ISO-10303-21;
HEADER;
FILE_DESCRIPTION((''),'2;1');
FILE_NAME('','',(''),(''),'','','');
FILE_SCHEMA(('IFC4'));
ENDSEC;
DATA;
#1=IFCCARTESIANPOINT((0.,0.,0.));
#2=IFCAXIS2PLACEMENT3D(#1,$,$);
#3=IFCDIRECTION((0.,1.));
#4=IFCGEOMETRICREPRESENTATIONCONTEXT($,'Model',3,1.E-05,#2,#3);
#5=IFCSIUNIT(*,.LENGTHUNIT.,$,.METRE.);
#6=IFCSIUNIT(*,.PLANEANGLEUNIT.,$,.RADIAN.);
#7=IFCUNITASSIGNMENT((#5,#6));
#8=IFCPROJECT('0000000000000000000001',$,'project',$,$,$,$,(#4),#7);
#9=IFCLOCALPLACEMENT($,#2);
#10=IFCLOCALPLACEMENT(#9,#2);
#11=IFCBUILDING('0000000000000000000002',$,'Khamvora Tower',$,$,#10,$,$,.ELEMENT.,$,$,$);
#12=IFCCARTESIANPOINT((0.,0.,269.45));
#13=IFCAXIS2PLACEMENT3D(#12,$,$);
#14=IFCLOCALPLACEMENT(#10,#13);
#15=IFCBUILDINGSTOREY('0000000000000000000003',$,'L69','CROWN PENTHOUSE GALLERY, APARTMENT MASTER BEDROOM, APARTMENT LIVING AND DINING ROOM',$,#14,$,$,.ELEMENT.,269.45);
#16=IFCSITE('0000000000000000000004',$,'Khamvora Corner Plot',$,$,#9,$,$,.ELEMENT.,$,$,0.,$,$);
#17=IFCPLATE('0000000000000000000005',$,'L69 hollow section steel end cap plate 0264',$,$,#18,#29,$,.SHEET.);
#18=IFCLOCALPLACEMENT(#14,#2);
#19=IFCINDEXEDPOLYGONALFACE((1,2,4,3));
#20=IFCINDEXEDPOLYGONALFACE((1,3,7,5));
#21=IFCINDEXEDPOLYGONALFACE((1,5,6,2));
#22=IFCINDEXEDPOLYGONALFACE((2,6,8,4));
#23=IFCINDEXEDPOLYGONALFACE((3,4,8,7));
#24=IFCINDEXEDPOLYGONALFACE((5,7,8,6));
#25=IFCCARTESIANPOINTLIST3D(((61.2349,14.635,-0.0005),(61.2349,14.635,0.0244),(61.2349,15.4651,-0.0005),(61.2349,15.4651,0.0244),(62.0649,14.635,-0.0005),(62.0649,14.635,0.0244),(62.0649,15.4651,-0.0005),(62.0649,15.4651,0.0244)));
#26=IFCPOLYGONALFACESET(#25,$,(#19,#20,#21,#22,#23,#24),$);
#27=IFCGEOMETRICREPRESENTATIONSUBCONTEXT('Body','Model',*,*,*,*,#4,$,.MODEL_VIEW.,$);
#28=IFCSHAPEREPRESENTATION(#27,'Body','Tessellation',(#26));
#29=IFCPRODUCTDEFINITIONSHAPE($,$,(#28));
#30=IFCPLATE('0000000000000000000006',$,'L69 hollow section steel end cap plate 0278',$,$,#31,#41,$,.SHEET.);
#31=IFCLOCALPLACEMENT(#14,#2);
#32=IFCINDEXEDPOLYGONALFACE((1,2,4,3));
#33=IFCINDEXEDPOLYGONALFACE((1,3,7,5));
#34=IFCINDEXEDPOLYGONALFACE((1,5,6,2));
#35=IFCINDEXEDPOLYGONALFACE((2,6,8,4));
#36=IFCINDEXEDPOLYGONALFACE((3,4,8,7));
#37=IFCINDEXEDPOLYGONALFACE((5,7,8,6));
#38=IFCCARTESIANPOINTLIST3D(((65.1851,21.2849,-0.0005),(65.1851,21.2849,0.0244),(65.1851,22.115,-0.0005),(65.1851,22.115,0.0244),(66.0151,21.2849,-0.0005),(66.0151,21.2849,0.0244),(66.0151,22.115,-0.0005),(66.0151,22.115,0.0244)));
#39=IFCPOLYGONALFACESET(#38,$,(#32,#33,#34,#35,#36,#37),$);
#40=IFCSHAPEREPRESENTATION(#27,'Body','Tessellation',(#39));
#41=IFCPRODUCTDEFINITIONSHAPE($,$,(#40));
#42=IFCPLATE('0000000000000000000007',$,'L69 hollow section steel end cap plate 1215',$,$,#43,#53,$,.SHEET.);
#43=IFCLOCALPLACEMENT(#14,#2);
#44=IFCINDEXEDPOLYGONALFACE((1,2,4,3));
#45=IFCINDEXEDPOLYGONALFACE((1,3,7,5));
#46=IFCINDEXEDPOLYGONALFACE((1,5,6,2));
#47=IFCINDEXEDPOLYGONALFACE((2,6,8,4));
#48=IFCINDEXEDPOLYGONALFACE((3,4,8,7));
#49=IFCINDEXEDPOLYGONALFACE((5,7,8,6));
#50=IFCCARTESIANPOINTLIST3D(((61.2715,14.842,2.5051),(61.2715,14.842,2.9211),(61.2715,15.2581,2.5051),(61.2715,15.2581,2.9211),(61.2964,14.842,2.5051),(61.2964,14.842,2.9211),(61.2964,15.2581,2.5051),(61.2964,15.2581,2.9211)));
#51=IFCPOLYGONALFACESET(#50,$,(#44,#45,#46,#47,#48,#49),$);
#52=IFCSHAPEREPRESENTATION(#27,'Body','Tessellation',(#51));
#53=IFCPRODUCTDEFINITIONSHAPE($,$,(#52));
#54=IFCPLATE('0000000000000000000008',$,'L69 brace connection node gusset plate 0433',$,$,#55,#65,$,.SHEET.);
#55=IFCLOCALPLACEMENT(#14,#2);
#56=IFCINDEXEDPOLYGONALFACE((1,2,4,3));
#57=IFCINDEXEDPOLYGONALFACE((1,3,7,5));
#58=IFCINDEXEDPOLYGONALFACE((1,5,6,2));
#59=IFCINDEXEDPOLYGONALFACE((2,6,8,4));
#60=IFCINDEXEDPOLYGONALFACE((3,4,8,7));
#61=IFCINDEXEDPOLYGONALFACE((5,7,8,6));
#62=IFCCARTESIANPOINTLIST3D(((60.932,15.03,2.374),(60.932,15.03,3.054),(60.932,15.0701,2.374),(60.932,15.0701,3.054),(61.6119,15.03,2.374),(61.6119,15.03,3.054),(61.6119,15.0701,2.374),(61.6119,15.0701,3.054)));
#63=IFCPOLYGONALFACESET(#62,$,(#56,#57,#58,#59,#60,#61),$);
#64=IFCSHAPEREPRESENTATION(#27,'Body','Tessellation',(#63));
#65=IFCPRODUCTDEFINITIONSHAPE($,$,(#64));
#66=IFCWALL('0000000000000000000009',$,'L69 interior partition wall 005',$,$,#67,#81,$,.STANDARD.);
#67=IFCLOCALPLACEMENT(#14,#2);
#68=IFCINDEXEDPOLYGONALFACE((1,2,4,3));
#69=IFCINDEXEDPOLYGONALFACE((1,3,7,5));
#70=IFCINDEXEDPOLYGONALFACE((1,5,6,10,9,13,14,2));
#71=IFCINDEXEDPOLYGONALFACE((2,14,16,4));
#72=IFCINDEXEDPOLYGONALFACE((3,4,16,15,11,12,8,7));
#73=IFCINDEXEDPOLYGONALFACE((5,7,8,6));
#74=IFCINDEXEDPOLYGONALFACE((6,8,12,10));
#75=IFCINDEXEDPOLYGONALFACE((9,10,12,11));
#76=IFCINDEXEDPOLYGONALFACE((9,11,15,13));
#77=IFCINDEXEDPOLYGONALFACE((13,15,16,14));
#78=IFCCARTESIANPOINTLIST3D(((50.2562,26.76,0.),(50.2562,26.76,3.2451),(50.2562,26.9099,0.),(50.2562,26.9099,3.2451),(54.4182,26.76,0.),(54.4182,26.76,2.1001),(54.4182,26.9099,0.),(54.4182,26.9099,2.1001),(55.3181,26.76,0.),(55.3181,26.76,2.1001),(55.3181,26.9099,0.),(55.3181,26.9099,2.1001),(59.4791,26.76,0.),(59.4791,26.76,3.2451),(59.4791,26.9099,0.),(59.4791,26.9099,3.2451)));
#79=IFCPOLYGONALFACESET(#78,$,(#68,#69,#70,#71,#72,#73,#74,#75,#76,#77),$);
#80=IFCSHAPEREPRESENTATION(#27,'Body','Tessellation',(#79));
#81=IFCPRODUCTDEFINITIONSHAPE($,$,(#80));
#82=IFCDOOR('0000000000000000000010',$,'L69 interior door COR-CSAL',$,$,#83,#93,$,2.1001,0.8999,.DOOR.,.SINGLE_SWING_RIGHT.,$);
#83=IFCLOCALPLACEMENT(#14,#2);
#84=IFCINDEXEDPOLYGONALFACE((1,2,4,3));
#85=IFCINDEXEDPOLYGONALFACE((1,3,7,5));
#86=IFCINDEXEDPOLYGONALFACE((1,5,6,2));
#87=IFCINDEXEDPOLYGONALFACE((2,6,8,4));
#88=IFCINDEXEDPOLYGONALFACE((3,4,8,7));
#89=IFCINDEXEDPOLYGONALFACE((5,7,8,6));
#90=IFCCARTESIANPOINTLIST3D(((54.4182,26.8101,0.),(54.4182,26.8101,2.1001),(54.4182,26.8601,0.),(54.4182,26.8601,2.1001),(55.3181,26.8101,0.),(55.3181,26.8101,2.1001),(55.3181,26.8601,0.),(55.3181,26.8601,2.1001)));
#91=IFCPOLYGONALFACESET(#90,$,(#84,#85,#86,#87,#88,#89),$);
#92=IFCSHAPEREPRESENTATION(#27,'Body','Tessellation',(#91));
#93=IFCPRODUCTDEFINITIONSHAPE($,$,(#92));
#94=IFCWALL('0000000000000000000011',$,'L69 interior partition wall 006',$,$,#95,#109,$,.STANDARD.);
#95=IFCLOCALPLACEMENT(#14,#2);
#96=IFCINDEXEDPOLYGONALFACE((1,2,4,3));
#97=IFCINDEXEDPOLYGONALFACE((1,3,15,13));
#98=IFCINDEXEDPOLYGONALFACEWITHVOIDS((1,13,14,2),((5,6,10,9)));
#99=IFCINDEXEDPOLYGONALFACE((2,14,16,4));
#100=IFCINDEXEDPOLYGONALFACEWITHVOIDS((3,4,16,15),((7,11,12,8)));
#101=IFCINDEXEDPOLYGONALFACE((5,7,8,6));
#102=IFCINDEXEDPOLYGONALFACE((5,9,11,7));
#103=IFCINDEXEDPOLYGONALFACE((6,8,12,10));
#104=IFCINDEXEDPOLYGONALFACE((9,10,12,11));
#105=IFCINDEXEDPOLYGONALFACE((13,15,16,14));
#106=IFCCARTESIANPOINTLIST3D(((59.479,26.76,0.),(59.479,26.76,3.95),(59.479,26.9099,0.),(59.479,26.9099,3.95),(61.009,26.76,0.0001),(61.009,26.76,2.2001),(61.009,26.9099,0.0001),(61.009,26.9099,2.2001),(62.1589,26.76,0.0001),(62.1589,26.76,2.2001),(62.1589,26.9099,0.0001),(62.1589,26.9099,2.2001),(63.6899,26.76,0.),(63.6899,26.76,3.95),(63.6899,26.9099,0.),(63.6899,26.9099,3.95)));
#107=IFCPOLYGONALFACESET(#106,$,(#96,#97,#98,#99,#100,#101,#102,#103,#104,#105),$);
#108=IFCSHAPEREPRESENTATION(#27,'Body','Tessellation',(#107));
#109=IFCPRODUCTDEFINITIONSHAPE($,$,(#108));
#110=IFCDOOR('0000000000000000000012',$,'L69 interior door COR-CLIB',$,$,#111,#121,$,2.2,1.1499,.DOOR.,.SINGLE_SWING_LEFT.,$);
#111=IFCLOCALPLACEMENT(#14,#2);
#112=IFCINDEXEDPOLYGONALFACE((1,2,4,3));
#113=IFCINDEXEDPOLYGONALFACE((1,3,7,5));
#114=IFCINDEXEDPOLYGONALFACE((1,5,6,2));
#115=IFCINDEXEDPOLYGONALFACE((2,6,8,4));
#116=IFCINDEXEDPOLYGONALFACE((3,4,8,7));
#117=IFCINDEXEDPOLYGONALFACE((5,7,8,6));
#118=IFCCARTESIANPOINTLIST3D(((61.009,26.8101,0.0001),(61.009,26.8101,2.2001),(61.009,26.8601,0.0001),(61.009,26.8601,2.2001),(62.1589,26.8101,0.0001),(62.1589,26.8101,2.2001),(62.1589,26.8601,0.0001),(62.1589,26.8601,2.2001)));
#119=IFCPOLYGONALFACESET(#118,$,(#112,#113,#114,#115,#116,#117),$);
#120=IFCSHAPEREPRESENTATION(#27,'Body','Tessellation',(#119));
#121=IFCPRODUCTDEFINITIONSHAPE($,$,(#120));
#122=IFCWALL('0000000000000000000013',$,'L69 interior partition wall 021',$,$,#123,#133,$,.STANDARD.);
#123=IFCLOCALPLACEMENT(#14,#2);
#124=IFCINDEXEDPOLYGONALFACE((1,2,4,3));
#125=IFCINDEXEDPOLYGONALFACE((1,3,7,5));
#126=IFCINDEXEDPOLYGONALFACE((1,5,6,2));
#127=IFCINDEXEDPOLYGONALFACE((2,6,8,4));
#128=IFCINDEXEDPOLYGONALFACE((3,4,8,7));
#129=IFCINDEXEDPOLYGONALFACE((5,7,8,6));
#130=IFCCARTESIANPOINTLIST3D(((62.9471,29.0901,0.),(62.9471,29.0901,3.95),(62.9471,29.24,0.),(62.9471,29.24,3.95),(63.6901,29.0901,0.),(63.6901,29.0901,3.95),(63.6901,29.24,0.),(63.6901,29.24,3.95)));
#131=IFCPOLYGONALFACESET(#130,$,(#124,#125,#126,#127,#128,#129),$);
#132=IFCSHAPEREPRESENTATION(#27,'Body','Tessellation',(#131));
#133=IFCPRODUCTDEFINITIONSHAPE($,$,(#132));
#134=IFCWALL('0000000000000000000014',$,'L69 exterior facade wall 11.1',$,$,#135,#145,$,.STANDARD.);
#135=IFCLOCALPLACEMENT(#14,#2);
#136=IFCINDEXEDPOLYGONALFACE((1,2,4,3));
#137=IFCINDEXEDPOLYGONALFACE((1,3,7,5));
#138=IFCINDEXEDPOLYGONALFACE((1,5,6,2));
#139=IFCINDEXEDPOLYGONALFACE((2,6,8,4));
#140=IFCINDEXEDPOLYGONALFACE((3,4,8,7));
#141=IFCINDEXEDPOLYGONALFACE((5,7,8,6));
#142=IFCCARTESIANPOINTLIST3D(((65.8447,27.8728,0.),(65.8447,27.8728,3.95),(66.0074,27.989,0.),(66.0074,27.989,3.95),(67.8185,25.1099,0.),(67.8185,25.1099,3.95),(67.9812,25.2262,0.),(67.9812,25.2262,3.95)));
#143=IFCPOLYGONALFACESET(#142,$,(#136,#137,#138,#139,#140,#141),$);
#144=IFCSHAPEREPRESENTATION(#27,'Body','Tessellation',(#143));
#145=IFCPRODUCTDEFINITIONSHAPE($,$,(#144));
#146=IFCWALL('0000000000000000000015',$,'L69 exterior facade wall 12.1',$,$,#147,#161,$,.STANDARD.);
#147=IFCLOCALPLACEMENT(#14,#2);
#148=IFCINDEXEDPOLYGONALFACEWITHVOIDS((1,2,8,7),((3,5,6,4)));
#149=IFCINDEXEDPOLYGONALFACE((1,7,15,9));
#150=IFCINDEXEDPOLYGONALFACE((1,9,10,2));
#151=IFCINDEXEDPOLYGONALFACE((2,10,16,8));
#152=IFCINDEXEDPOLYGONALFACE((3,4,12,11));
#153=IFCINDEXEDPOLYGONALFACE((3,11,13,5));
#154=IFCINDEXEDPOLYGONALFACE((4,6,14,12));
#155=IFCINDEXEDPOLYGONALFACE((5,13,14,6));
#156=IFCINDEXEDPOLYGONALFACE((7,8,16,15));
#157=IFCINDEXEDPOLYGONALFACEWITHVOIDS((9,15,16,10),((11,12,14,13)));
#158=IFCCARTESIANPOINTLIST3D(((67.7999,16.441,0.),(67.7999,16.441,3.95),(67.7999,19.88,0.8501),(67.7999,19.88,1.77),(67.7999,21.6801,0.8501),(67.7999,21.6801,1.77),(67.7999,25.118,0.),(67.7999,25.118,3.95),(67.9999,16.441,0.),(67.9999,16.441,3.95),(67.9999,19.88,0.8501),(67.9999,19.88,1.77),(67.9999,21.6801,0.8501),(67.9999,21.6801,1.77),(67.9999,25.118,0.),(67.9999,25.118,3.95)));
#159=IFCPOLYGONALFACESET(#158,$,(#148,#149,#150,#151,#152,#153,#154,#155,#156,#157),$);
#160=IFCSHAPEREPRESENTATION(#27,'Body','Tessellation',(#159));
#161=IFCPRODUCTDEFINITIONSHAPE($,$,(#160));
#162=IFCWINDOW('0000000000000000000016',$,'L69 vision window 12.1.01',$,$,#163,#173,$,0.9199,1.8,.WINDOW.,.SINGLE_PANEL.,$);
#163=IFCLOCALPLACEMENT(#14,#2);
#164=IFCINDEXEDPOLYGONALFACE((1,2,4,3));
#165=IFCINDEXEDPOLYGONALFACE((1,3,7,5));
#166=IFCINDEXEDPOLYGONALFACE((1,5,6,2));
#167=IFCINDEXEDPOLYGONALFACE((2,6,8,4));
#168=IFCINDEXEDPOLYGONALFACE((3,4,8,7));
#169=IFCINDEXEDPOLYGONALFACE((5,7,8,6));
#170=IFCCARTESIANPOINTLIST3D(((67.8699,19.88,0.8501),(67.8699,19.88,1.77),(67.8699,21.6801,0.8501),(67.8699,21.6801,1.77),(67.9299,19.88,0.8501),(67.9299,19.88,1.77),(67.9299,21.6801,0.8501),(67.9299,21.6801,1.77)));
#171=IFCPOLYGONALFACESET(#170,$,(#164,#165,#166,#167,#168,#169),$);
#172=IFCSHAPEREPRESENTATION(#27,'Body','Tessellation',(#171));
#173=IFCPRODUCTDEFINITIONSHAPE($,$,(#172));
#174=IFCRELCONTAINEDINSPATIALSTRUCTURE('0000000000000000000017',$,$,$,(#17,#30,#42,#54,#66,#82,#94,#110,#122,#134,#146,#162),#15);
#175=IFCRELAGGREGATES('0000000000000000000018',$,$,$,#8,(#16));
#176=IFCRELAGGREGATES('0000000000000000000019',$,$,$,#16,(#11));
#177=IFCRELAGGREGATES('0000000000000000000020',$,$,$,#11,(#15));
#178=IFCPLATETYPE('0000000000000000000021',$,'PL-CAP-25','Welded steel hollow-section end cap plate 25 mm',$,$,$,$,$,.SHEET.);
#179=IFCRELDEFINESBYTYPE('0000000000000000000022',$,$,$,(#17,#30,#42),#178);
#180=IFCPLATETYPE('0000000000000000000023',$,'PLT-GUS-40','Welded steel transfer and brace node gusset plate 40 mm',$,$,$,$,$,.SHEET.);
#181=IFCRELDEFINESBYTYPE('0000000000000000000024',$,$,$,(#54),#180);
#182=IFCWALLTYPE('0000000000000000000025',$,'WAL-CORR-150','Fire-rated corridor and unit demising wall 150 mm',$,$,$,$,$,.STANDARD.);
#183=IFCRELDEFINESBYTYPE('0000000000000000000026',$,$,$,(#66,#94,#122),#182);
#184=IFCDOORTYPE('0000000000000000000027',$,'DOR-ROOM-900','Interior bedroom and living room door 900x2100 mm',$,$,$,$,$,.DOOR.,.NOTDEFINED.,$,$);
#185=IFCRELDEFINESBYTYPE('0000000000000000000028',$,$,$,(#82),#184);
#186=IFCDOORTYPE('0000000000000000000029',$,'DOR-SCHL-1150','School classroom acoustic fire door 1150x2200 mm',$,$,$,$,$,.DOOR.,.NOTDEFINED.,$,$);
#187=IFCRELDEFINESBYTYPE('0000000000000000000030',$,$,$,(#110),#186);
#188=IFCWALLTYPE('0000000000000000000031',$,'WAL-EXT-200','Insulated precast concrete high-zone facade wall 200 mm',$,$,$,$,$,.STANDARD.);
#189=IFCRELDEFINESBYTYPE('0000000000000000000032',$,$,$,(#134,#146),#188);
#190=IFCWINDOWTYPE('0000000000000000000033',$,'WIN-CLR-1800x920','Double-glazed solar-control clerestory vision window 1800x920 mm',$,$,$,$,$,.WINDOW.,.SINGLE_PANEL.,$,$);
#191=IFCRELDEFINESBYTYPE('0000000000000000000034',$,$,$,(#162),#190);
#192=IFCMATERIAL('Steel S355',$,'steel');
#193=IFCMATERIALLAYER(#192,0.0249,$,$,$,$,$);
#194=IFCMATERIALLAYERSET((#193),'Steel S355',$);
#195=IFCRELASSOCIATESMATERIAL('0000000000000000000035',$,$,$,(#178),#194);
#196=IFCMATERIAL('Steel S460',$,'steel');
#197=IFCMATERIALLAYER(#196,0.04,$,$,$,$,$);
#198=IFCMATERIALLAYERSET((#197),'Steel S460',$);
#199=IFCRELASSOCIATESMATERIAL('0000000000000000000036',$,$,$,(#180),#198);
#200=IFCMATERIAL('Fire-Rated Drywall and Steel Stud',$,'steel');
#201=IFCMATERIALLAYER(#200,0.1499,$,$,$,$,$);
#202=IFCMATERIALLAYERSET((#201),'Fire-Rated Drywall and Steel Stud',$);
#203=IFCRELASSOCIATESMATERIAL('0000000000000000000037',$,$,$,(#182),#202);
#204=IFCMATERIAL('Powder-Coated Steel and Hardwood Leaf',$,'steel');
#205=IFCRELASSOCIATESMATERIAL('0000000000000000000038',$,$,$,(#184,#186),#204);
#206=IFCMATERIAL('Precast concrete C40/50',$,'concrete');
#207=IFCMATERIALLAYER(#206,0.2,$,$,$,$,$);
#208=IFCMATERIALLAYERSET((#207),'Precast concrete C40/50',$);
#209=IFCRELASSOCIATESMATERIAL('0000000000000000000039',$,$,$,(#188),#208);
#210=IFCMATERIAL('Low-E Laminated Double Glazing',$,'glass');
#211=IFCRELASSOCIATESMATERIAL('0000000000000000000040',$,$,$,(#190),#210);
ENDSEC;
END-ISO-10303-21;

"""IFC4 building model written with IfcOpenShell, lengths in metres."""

from ifc_helpers import new_model, si_unit, direction, frame, frame_2d, origin, origin_2d, place, context, subcontext, project, spatial, rectangle, extrude, material, layer, layer_set, type_object, element, fill, save


model = new_model("IFC4")

# Units and contexts
model_context = context("Model", 3, precision=1e-05, world=origin(), true_north=direction((0.0, 1.0)))
body_context = subcontext(model_context, "Body", "Model", "MODEL_VIEW")
ifc_project = project(units=[si_unit("LENGTHUNIT", "METRE"), si_unit("PLANEANGLEUNIT", "RADIAN")], contexts=[model_context])

# Site, building, storey
site_placement = place(None, origin())
site = spatial("IfcSite", under=ifc_project, at=site_placement, Name="Khamvora Corner Plot", CompositionType="ELEMENT", RefElevation=0.0)
building_placement = place(site_placement, origin())
building = spatial("IfcBuilding", under=site, at=building_placement, Name="Khamvora Tower", CompositionType="ELEMENT")
storey_placement = place(building_placement, frame((0.0, 0.0, 269.45)))
storey = spatial("IfcBuildingStorey", under=building, at=storey_placement, Name="L69", Description="CROWN PENTHOUSE GALLERY, APARTMENT MASTER BEDROOM, APARTMENT LIVING AND DINING ROOM", CompositionType="ELEMENT", Elevation=269.45)

# Shared definitions
ifc_material_1 = material(Name="Steel S355", Category="steel")

# Plates
ifc_layer_1 = layer(ifc_material_1, 0.0249)
ifc_layer_set_1 = layer_set([ifc_layer_1], Name="Steel S355")
plate_type_1 = type_object("IfcPlateType", Name="PL-CAP-25", Description="Welded steel hollow-section end cap plate 25 mm", PredefinedType="SHEET", material=ifc_layer_set_1)
for number, where, z_axis, x_axis, name in (
    (1, (61.6499, 15.05, -0.0005), (0.0, 0.0, 1.0), (1.0, 0.0, 0.0), "L69 hollow section steel end cap plate 0264"),
    (2, (65.6001, 21.7, -0.0005), (0.0, 0.0, 1.0), (1.0, 0.0, 0.0), "L69 hollow section steel end cap plate 0278"),
):
    element("IfcPlate", number, at=place(storey_placement, frame(where, z_axis=z_axis, x_axis=x_axis)), inside=storey, type_object=plate_type_1, Name=name, PredefinedType="SHEET", context=body_context, shape_type="SweptSolid", body=[
        extrude(rectangle(XDim=0.8301, YDim=0.8301, at=origin_2d()), origin(), (0.0, 0.0, 1.0), 0.0249),
    ])
plate_1_placement = place(storey_placement, frame((61.2839, 15.05, 2.5051), z_axis=(0.0, 0.0, 1.0), x_axis=(-1.0, 0.0, 0.0)))
element("IfcPlate", 3, at=plate_1_placement, inside=storey, type_object=plate_type_1, Name="L69 hollow section steel end cap plate 1215", PredefinedType="SHEET", context=body_context, shape_type="SweptSolid", body=[
    extrude(rectangle(XDim=0.0249, YDim=0.416, at=origin_2d()), origin(), (0.0, 0.0, 1.0), 0.416),
])
ifc_material_2 = material(Name="Steel S460", Category="steel")
ifc_layer_2 = layer(ifc_material_2, 0.04)
ifc_layer_set_2 = layer_set([ifc_layer_2], Name="Steel S460")
plate_type_2 = type_object("IfcPlateType", Name="PLT-GUS-40", Description="Welded steel transfer and brace node gusset plate 40 mm", PredefinedType="SHEET", material=ifc_layer_set_2)
plate_2_placement = place(storey_placement, frame((61.272, 15.05, 2.374), z_axis=(0.0, 0.0, 1.0), x_axis=(1.0, 0.0, 0.0)))
element("IfcPlate", 4, at=plate_2_placement, inside=storey, type_object=plate_type_2, Name="L69 brace connection node gusset plate 0433", PredefinedType="SHEET", context=body_context, shape_type="SweptSolid", body=[
    extrude(rectangle(XDim=0.6799, YDim=0.04, at=origin_2d()), origin(), (0.0, 0.0, 1.0), 0.6799),
])

# Walls, openings, doors
ifc_material_3 = material(Name="Fire-Rated Drywall and Steel Stud", Category="steel")
ifc_layer_3 = layer(ifc_material_3, 0.1499)
ifc_layer_set_3 = layer_set([ifc_layer_3], Name="Fire-Rated Drywall and Steel Stud")
wall_type_1 = type_object("IfcWallType", Name="WAL-CORR-150", Description="Fire-rated corridor and unit demising wall 150 mm", PredefinedType="STANDARD", material=ifc_layer_set_3)
wall_1_placement = place(storey_placement, frame((59.479, 26.835, 0.0), z_axis=(0.0, 0.0, 1.0), x_axis=(-1.0, 0.0, 0.0)))
wall_1 = element("IfcWall", 5, at=wall_1_placement, inside=storey, type_object=wall_type_1, Name="L69 interior partition wall 005", PredefinedType="STANDARD", context=body_context, shape_type="SweptSolid", body=[
    extrude(rectangle(XDim=9.2229, YDim=0.1499, at=frame_2d((4.6113, 0.0))), origin(), (0.0, 0.0, 1.0), 3.2451),
])
opening_1_placement = place(wall_1_placement, frame((4.1609, 0.0, 0.0)))
opening_1 = element("IfcOpeningElement", 6, at=opening_1_placement, cuts=wall_1, PredefinedType="OPENING", context=body_context, shape_type="SweptSolid", body=[
    extrude(rectangle(XDim=0.8999, YDim=2.1001, at=frame_2d((0.45, 1.05))), frame((0.0, 0.085, 0.0), z_axis=(0.0, -1.0, 0.0), x_axis=(1.0, 0.0, 0.0)), (0.0, 0.0, 1.0), 0.1699),
])
ifc_material_4 = material(Name="Powder-Coated Steel and Hardwood Leaf", Category="steel")
door_type_1 = type_object("IfcDoorType", Name="DOR-ROOM-900", Description="Interior bedroom and living room door 900x2100 mm", OperationType="NOTDEFINED", PredefinedType="DOOR", material=ifc_material_4)
door_1_placement = place(opening_1_placement, origin())
door_1 = element("IfcDoor", 7, at=door_1_placement, inside=storey, type_object=door_type_1, Name="L69 interior door COR-CSAL", OperationType="SINGLE_SWING_RIGHT", OverallHeight=2.1001, OverallWidth=0.8999, PredefinedType="DOOR", context=body_context, shape_type="SweptSolid", body=[
    extrude(rectangle(XDim=0.8999, YDim=2.1001, at=frame_2d((0.45, 1.05))), frame((0.0, 0.0249, 0.0), z_axis=(0.0, -1.0, 0.0), x_axis=(1.0, 0.0, 0.0)), (0.0, 0.0, 1.0), 0.05),
])
fill(opening_1, door_1)
wall_2_placement = place(storey_placement, frame((63.6899, 26.835, 0.0), z_axis=(0.0, 0.0, 1.0), x_axis=(-1.0, 0.0, 0.0)))
wall_2 = element("IfcWall", 8, at=wall_2_placement, inside=storey, type_object=wall_type_1, Name="L69 interior partition wall 006", PredefinedType="STANDARD", context=body_context, shape_type="SweptSolid", body=[
    extrude(rectangle(XDim=4.2109, YDim=0.1499, at=frame_2d((2.1055, 0.0))), origin(), (0.0, 0.0, 1.0), 3.95),
])
opening_2_placement = place(wall_2_placement, frame((1.531, 0.0, 0.0)))
opening_2 = element("IfcOpeningElement", 9, at=opening_2_placement, cuts=wall_2, PredefinedType="OPENING", context=body_context, shape_type="SweptSolid", body=[
    extrude(rectangle(XDim=1.1499, YDim=2.2, at=frame_2d((0.575, 1.1001))), frame((0.0, 0.085, 0.0), z_axis=(0.0, -1.0, 0.0), x_axis=(1.0, 0.0, 0.0)), (0.0, 0.0, 1.0), 0.1699),
])
door_type_2 = type_object("IfcDoorType", Name="DOR-SCHL-1150", Description="School classroom acoustic fire door 1150x2200 mm", OperationType="NOTDEFINED", PredefinedType="DOOR", material=ifc_material_4)
door_2_placement = place(opening_2_placement, origin())
door_2 = element("IfcDoor", 10, at=door_2_placement, inside=storey, type_object=door_type_2, Name="L69 interior door COR-CLIB", OperationType="SINGLE_SWING_LEFT", OverallHeight=2.2, OverallWidth=1.1499, PredefinedType="DOOR", context=body_context, shape_type="SweptSolid", body=[
    extrude(rectangle(XDim=1.1499, YDim=2.2, at=frame_2d((0.575, 1.1001))), frame((0.0, 0.0249, 0.0), z_axis=(0.0, -1.0, 0.0), x_axis=(1.0, 0.0, 0.0)), (0.0, 0.0, 1.0), 0.05),
])
fill(opening_2, door_2)

# Walls
wall_3_placement = place(storey_placement, frame((62.947, 29.165, 0.0), z_axis=(0.0, 0.0, 1.0), x_axis=(1.0, 0.0, 0.0)))
element("IfcWall", 11, at=wall_3_placement, inside=storey, type_object=wall_type_1, Name="L69 interior partition wall 021", PredefinedType="STANDARD", context=body_context, shape_type="SweptSolid", body=[
    extrude(rectangle(XDim=0.7429, YDim=0.1499, at=frame_2d((0.3716, 0.0))), origin(), (0.0, 0.0, 1.0), 3.95),
])
ifc_material_5 = material(Name="Precast concrete C40/50", Category="concrete")
ifc_layer_4 = layer(ifc_material_5, 0.2)
ifc_layer_set_4 = layer_set([ifc_layer_4], Name="Precast concrete C40/50")
wall_type_2 = type_object("IfcWallType", Name="WAL-EXT-200", Description="Insulated precast concrete high-zone facade wall 200 mm", PredefinedType="STANDARD", material=ifc_layer_set_4)
wall_4_placement = place(storey_placement, frame((65.926, 27.9309, 0.0), z_axis=(0.0, 0.0, 1.0), x_axis=(0.581306, -0.813685, 0.0)))
element("IfcWall", 12, at=wall_4_placement, inside=storey, type_object=wall_type_2, Name="L69 exterior facade wall 11.1", PredefinedType="STANDARD", context=body_context, shape_type="SweptSolid", body=[
    extrude(rectangle(XDim=3.3955, YDim=0.2, at=frame_2d((1.6978, 0.0))), origin(), (0.0, 0.0, 1.0), 3.95),
])

# Wall, opening, window
wall_5_placement = place(storey_placement, frame((67.8999, 25.1179, 0.0), z_axis=(0.0, 0.0, 1.0), x_axis=(0.0, -1.0, 0.0)))
wall_5 = element("IfcWall", 13, at=wall_5_placement, inside=storey, type_object=wall_type_2, Name="L69 exterior facade wall 12.1", PredefinedType="STANDARD", context=body_context, shape_type="SweptSolid", body=[
    extrude(rectangle(XDim=8.677, YDim=0.2, at=frame_2d((4.3384, 0.0))), origin(), (0.0, 0.0, 1.0), 3.95),
])
opening_3_placement = place(wall_5_placement, frame((3.438, 0.0, 0.8501)))
opening_3 = element("IfcOpeningElement", 14, at=opening_3_placement, cuts=wall_5, PredefinedType="OPENING", context=body_context, shape_type="SweptSolid", body=[
    extrude(rectangle(XDim=1.8, YDim=0.9199, at=frame_2d((0.8999, 0.46))), frame((0.0, 0.1099, 0.0), z_axis=(0.0, -1.0, 0.0), x_axis=(1.0, 0.0, 0.0)), (0.0, 0.0, 1.0), 0.22),
])
ifc_material_6 = material(Name="Low-E Laminated Double Glazing", Category="glass")
window_type_1 = type_object("IfcWindowType", Name="WIN-CLR-1800x920", Description="Double-glazed solar-control clerestory vision window 1800x920 mm", PartitioningType="SINGLE_PANEL", PredefinedType="WINDOW", material=ifc_material_6)
window_1_placement = place(opening_3_placement, origin())
window_1 = element("IfcWindow", 15, at=window_1_placement, inside=storey, type_object=window_type_1, Name="L69 vision window 12.1.01", OverallHeight=0.9199, OverallWidth=1.8, PartitioningType="SINGLE_PANEL", PredefinedType="WINDOW", context=body_context, shape_type="SweptSolid", body=[
    extrude(rectangle(XDim=1.8, YDim=0.9199, at=frame_2d((0.8999, 0.46))), frame((0.0, 0.03, 0.0), z_axis=(0.0, -1.0, 0.0), x_axis=(1.0, 0.0, 0.0)), (0.0, 0.0, 1.0), 0.0601),
])
fill(opening_3, window_1)

save(model, "model.ifc")
